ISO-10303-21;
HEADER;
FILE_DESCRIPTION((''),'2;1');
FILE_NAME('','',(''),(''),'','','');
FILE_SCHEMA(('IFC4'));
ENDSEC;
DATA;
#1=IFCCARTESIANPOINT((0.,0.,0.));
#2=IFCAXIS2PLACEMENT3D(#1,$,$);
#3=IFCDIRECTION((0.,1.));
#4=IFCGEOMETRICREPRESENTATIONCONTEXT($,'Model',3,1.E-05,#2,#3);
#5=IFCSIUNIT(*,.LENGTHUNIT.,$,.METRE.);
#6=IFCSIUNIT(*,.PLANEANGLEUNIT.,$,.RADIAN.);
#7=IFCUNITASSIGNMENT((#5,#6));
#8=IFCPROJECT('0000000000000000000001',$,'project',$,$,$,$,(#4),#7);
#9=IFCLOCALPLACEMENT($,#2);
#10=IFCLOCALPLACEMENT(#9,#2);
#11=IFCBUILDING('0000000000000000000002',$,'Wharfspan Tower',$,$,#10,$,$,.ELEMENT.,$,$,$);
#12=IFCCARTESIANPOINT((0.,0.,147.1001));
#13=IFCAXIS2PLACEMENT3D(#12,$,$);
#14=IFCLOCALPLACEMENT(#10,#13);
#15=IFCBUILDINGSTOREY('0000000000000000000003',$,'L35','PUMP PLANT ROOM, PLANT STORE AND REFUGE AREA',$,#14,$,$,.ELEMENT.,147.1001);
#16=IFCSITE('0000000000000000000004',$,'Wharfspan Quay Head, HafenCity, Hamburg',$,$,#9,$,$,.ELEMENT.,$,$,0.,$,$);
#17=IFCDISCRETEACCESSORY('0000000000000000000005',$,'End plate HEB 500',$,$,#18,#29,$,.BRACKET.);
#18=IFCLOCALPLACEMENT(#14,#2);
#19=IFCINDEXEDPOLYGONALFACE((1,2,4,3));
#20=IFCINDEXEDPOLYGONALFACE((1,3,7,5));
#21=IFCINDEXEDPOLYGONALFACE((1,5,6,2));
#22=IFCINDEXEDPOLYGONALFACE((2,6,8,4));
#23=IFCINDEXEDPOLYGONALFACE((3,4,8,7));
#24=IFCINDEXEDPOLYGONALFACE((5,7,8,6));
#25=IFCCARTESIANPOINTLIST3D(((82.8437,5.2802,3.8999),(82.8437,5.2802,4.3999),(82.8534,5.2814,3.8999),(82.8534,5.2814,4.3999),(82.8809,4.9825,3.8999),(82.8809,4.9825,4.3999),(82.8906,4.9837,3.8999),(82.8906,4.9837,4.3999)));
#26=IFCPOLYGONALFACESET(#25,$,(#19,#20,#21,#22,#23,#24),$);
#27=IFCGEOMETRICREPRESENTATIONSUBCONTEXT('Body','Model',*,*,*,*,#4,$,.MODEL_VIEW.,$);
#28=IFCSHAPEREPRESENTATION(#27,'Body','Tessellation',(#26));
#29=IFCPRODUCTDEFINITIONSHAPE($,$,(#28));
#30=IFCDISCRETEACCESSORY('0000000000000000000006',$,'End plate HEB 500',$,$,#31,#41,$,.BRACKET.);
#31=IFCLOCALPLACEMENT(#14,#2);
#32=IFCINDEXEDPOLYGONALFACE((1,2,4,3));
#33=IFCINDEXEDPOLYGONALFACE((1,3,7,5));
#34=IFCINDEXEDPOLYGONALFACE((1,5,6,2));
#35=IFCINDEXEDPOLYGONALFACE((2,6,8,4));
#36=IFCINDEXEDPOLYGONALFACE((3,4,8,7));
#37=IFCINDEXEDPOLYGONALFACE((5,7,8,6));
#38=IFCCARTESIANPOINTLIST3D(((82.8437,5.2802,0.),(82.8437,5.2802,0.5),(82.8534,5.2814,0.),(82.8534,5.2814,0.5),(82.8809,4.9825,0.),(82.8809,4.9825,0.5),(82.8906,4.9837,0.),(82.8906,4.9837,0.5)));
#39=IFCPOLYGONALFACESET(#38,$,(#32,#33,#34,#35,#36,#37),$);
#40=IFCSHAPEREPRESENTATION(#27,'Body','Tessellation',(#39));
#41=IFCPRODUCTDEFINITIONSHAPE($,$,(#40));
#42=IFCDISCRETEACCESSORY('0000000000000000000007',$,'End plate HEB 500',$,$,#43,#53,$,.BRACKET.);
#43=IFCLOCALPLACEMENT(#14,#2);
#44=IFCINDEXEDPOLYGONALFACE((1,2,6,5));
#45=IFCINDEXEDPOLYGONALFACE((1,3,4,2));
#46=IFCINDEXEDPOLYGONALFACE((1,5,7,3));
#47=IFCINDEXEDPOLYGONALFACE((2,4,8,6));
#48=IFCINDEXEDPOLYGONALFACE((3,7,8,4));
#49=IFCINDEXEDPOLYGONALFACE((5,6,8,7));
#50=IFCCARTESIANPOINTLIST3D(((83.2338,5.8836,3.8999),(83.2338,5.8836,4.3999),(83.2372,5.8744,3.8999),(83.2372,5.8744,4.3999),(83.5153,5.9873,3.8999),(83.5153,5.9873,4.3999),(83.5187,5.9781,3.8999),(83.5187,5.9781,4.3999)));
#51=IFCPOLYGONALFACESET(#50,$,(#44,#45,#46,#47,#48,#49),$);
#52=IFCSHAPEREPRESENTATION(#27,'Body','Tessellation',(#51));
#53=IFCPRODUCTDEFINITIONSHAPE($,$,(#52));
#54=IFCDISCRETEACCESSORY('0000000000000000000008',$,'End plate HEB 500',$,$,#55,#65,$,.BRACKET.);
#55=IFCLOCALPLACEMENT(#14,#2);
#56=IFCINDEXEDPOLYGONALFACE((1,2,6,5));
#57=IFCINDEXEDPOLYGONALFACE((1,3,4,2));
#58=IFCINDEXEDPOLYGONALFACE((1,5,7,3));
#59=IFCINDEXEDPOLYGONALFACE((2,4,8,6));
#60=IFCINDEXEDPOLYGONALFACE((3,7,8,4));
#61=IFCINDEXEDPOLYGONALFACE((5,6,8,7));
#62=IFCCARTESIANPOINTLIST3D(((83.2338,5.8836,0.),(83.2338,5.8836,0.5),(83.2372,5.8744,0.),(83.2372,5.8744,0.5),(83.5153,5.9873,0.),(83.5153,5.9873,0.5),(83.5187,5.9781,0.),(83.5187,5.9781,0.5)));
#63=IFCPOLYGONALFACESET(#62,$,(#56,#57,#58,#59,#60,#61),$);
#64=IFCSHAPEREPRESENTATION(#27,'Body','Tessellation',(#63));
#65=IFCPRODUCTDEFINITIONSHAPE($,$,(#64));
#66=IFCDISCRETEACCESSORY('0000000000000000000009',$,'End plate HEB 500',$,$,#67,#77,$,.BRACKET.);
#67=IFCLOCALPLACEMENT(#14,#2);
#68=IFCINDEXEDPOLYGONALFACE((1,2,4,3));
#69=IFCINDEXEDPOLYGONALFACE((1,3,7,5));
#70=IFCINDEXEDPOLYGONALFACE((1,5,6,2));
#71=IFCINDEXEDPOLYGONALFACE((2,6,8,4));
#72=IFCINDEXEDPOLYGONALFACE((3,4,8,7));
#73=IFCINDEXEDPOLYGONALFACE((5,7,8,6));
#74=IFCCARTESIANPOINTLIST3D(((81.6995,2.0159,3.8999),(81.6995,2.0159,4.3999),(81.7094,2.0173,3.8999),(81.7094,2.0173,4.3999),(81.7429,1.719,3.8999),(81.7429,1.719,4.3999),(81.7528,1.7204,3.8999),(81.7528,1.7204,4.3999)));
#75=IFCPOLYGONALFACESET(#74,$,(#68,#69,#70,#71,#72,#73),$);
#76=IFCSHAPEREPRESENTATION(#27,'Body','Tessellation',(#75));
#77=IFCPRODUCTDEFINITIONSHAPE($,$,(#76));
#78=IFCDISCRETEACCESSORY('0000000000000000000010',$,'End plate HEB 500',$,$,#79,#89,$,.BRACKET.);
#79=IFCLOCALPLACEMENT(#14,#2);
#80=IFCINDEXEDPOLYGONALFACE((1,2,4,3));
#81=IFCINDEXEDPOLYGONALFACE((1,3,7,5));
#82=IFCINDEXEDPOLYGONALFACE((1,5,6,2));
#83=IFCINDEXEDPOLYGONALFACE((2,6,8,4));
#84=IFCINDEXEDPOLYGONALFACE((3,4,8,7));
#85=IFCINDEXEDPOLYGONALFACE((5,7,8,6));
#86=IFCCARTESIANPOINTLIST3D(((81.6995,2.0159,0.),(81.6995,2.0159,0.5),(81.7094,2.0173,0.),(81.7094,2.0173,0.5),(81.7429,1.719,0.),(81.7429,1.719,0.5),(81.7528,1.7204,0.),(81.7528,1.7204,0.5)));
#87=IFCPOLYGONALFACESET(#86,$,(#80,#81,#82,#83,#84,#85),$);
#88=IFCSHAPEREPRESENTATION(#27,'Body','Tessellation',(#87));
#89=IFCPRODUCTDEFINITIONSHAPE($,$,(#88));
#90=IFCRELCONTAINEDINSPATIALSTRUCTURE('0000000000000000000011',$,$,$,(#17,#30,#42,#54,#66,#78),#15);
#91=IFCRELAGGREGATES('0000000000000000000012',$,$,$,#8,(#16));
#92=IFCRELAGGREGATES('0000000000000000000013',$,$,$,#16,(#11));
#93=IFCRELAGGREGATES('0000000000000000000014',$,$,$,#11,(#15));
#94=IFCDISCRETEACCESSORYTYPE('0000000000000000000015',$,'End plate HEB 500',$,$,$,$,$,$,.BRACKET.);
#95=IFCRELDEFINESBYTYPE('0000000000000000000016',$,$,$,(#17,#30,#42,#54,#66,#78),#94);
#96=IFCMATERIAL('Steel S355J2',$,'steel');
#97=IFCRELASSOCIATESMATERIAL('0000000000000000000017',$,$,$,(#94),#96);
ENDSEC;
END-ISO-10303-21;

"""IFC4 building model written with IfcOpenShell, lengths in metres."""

from ifc_helpers import new_model, si_unit, direction, frame, origin, origin_2d, place, context, subcontext, project, spatial, rectangle, extrude, material, material_profile, profile_set, type_object, element, save


model = new_model("IFC4")

# Units and contexts
model_context = context("Model", 3, precision=1e-05, world=origin(), true_north=direction((0.0, 1.0)))
body_context = subcontext(model_context, "Body", "Model", "MODEL_VIEW")
ifc_project = project(units=[si_unit("LENGTHUNIT", "METRE"), si_unit("PLANEANGLEUNIT", "RADIAN")], contexts=[model_context])

# Site, building, storey
site_placement = place(None, origin())
site = spatial("IfcSite", under=ifc_project, at=site_placement, Name="Wharfspan Quay Head, HafenCity, Hamburg", CompositionType="ELEMENT", RefElevation=0.0)
building_placement = place(site_placement, origin())
building = spatial("IfcBuilding", under=site, at=building_placement, Name="Wharfspan Tower", CompositionType="ELEMENT")
storey_placement = place(building_placement, frame((0.0, 0.0, 147.1001)))
storey = spatial("IfcBuildingStorey", under=building, at=storey_placement, Name="L35", Description="PUMP PLANT ROOM, PLANT STORE AND REFUGE AREA", CompositionType="ELEMENT", Elevation=147.1001)

# Shared definitions
ifc_material_1 = material(Name="Steel S355J2", Category="steel")

# Discrete accessories
ifc_material_profile_1 = material_profile(ifc_material_1, rectangle(XDim=0.3, YDim=0.5, at=origin_2d()))
ifc_profile_set_1 = profile_set([ifc_material_profile_1], Name="Steel S355J2")
discrete_accessory_type_1 = type_object("IfcDiscreteAccessoryType", Name="End plate HEB 500", PredefinedType="BRACKET", material=ifc_profile_set_1)
for number, where, z_axis, x_axis, name in (
    (1, (82.8623, 5.1313, 4.1499), (0.992278, 0.124035, 0.0), (-0.124035, 0.992278, 0.0), "End plate HEB 500"),
    (2, (82.8623, 5.1313, 0.25), (0.992278, 0.124035, 0.0), (-0.124035, 0.992278, 0.0), "End plate HEB 500"),
    (3, (83.3779, 5.9263, 4.1499), (-0.345705, 0.938343, 0.0), (-0.938343, -0.345705, 0.0), "End plate HEB 500"),
    (4, (83.3779, 5.9263, 0.25), (-0.345705, 0.938343, 0.0), (-0.938343, -0.345705, 0.0), "End plate HEB 500"),
):
    element("IfcDiscreteAccessory", number, at=place(storey_placement, frame(where, z_axis=z_axis, x_axis=x_axis)), inside=storey, type_object=discrete_accessory_type_1, Name=name, PredefinedType="BRACKET", context=body_context, shape_type="SweptSolid", body=[
        extrude(rectangle(XDim=0.3, YDim=0.5, at=origin_2d()), origin(), (0.0, 0.0, 1.0), 0.0098),
    ])
for number, where, z_axis, x_axis, name in (
    (5, (81.7212, 1.8674, 4.1499), (0.989461, 0.144799, 0.0), (-0.144799, 0.989461, 0.0), "End plate HEB 500"),
    (6, (81.7212, 1.8674, 0.25), (0.989461, 0.144799, 0.0), (-0.144799, 0.989461, 0.0), "End plate HEB 500"),
):
    element("IfcDiscreteAccessory", number, at=place(storey_placement, frame(where, z_axis=z_axis, x_axis=x_axis)), inside=storey, type_object=discrete_accessory_type_1, Name=name, PredefinedType="BRACKET", context=body_context, shape_type="SweptSolid", body=[
        extrude(rectangle(XDim=0.3, YDim=0.5, at=origin_2d()), origin(), (0.0, 0.0, 1.0), 0.01),
    ])

save(model, "model.ifc")
